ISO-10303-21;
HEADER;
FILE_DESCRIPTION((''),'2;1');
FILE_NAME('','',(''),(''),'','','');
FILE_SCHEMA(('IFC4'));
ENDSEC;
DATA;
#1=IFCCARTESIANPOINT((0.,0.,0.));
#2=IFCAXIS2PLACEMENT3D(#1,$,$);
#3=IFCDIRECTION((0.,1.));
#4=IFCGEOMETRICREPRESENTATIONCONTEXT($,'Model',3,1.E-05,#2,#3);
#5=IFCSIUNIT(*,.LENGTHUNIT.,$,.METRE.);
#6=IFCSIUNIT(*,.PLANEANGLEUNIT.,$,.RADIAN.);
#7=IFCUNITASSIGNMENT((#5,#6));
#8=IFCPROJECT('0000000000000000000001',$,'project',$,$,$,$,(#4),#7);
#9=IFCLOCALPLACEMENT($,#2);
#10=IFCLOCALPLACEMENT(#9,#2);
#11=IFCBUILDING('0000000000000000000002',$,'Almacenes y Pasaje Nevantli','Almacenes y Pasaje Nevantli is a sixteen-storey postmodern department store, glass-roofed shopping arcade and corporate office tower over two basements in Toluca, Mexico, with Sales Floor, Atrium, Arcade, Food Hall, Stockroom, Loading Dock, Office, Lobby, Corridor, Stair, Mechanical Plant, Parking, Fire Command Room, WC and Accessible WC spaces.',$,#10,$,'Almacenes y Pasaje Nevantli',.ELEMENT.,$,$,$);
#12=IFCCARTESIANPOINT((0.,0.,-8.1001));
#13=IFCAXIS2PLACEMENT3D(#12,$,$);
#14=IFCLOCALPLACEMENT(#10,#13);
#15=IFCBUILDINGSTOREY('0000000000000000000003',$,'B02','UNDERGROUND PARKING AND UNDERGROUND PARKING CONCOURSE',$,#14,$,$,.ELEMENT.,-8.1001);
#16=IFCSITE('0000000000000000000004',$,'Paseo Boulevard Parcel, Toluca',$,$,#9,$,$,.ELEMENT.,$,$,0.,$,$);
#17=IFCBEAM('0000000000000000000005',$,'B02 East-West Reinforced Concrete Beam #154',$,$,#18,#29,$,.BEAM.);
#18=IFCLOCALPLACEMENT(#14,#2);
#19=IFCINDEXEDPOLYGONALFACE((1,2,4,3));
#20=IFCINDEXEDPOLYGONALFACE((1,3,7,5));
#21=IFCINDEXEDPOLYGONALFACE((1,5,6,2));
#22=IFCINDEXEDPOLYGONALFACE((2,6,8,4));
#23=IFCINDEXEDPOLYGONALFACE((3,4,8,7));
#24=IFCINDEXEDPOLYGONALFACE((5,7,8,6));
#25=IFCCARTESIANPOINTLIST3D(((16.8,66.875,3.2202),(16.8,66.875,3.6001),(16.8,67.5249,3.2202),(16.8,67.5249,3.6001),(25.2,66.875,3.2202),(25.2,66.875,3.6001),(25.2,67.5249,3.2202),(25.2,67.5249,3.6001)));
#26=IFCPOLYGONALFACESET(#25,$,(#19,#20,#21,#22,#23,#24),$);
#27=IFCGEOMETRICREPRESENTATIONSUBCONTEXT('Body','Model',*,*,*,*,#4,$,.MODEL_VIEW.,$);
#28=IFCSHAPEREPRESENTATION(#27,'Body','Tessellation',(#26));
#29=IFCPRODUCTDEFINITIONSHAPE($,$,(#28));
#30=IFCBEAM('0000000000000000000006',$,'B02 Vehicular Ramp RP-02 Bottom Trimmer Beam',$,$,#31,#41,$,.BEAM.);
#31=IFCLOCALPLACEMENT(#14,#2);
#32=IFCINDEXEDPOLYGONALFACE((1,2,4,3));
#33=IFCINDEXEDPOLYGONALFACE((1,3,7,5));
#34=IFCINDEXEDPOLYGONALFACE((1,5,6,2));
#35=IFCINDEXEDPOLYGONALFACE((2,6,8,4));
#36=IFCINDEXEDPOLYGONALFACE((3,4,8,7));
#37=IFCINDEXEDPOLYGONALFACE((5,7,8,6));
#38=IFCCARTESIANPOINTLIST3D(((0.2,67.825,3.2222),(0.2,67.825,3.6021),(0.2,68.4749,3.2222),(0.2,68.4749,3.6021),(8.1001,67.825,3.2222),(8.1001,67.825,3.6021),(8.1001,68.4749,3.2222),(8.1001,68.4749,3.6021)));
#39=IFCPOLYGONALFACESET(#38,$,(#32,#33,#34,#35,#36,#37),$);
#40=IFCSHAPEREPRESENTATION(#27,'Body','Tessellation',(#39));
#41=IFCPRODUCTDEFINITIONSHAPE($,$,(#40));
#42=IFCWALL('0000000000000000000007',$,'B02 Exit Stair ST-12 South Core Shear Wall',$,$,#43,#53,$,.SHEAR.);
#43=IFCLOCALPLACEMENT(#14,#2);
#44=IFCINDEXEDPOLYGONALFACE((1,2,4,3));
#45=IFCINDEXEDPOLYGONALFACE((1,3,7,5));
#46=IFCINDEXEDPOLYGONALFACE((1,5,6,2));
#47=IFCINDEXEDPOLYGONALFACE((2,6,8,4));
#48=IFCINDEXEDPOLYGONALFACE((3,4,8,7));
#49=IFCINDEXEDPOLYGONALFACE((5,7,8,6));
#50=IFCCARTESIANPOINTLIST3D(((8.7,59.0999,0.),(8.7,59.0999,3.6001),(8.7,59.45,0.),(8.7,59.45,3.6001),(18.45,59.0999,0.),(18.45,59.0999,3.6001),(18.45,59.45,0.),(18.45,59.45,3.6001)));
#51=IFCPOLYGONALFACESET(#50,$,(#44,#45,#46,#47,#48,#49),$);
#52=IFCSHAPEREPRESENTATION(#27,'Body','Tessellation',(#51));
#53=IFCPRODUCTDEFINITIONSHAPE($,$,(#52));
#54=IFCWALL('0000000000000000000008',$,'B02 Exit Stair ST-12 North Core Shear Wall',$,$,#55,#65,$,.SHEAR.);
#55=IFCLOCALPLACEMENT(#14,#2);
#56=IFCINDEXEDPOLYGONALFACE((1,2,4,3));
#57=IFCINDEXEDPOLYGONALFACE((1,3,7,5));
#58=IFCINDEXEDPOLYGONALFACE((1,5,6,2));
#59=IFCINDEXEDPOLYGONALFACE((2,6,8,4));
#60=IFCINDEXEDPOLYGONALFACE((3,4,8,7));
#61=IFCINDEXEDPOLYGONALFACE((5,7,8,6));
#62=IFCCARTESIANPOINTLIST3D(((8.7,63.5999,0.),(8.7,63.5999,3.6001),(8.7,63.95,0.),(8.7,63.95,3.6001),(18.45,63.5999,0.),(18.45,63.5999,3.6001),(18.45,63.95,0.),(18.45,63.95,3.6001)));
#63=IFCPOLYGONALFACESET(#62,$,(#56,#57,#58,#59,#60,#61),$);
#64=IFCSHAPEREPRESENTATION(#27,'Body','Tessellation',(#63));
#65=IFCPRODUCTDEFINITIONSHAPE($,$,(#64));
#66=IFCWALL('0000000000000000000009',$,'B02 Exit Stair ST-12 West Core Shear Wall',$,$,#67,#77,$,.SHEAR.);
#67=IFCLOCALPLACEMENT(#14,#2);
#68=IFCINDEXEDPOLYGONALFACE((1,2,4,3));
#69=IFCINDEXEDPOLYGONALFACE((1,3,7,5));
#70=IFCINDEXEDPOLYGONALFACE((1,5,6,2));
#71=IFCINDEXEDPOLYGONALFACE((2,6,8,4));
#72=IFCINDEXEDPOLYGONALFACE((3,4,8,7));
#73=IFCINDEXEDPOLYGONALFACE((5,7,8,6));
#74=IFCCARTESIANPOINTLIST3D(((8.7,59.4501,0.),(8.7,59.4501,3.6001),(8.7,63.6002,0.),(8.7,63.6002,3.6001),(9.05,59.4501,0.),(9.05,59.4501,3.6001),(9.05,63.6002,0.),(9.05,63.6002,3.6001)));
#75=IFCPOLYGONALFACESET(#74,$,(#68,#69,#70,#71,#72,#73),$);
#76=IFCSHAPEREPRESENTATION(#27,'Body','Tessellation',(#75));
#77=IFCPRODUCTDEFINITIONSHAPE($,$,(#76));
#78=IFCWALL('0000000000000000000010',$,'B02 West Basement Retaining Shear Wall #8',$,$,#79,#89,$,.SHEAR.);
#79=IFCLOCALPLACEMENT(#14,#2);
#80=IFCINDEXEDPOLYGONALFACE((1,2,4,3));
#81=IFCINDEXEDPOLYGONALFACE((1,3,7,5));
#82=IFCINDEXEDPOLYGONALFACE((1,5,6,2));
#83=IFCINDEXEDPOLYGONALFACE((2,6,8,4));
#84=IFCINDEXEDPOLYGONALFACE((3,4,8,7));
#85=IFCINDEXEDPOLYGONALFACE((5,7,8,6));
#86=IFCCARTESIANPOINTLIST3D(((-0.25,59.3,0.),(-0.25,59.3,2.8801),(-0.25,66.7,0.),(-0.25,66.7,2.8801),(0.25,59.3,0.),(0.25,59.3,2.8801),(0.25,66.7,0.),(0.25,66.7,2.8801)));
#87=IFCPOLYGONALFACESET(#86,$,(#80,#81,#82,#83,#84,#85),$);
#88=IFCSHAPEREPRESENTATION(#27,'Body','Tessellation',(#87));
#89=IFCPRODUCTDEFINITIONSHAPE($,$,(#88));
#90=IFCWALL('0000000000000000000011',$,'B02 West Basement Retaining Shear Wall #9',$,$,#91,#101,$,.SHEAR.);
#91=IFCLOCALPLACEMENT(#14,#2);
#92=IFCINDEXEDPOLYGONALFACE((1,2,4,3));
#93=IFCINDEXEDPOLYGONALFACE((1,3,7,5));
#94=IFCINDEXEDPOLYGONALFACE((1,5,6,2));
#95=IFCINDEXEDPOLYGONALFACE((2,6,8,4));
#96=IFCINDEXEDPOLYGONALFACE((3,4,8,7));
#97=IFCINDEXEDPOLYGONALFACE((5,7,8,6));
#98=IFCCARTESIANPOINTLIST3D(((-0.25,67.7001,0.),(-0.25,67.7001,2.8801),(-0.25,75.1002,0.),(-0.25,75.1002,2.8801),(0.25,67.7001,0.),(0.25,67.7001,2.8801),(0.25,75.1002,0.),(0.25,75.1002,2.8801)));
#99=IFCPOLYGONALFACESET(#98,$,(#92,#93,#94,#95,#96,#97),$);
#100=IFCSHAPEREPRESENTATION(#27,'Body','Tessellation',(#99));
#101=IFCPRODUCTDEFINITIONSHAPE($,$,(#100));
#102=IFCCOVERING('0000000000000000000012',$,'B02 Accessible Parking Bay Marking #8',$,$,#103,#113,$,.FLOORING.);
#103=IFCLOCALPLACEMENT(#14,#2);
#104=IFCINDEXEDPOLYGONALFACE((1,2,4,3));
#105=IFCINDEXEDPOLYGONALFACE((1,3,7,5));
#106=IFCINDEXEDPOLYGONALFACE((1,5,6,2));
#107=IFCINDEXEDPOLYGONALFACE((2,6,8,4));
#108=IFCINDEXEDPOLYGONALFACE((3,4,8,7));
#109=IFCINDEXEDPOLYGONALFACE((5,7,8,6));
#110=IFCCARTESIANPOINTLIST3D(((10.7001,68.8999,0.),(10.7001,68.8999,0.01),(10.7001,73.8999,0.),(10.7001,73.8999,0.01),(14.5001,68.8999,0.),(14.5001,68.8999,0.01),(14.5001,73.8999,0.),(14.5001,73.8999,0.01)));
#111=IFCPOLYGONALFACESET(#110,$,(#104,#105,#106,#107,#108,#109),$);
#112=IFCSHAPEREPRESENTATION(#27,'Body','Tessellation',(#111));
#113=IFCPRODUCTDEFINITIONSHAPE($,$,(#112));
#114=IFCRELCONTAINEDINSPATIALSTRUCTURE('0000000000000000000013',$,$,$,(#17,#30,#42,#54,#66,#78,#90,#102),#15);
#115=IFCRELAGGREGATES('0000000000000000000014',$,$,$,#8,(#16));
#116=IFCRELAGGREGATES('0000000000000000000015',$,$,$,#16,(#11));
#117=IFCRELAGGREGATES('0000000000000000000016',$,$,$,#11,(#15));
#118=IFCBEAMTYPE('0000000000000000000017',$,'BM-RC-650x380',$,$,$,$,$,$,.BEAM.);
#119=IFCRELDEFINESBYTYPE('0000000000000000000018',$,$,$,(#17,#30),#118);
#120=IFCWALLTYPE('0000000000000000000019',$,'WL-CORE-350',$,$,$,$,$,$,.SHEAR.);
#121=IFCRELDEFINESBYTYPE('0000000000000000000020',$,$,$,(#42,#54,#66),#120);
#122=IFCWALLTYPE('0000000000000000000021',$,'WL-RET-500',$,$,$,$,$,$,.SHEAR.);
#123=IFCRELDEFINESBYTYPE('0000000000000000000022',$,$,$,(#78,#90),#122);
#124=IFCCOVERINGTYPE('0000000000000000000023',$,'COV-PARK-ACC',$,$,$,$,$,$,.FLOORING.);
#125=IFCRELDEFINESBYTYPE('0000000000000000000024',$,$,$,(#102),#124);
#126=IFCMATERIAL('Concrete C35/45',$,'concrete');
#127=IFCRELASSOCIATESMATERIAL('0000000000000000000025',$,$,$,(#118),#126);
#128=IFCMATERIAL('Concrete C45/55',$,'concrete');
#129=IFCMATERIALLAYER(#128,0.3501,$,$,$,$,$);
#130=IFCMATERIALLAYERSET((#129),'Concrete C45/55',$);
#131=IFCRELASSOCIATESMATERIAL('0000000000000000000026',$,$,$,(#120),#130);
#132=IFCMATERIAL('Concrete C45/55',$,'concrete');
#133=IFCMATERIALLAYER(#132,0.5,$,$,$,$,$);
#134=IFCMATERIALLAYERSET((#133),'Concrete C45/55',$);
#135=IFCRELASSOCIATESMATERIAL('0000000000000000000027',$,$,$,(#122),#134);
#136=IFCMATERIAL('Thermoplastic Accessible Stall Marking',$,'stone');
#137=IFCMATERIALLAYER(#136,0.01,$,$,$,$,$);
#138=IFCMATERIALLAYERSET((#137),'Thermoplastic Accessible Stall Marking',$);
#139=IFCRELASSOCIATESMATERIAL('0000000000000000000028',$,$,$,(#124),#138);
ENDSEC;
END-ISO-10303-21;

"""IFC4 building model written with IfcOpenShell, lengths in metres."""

from ifc_helpers import new_model, si_unit, direction, frame, frame_2d, origin, origin_2d, place, context, subcontext, project, spatial, rectangle, extrude, material, layer, layer_set, material_profile, profile_set, type_object, element, save


model = new_model("IFC4")

# Units and contexts
model_context = context("Model", 3, precision=1e-05, world=origin(), true_north=direction((0.0, 1.0)))
body_context = subcontext(model_context, "Body", "Model", "MODEL_VIEW")
ifc_project = project(units=[si_unit("LENGTHUNIT", "METRE"), si_unit("PLANEANGLEUNIT", "RADIAN")], contexts=[model_context])

# Site, building, storey
site_placement = place(None, origin())
site = spatial("IfcSite", under=ifc_project, at=site_placement, Name="Paseo Boulevard Parcel, Toluca", CompositionType="ELEMENT", RefElevation=0.0)
building_placement = place(site_placement, origin())
building = spatial("IfcBuilding", under=site, at=building_placement, Name="Almacenes y Pasaje Nevantli", Description="Almacenes y Pasaje Nevantli is a sixteen-storey postmodern department store, glass-roofed shopping arcade and corporate office tower over two basements in Toluca, Mexico, with Sales Floor, Atrium, Arcade, Food Hall, Stockroom, Loading Dock, Office, Lobby, Corridor, Stair, Mechanical Plant, Parking, Fire Command Room, WC and Accessible WC spaces.", LongName="Almacenes y Pasaje Nevantli", CompositionType="ELEMENT")
storey_placement = place(building_placement, frame((0.0, 0.0, -8.1001)))
storey = spatial("IfcBuildingStorey", under=building, at=storey_placement, Name="B02", Description="UNDERGROUND PARKING AND UNDERGROUND PARKING CONCOURSE", CompositionType="ELEMENT", Elevation=-8.1001)

# Beams
ifc_material_1 = material(Name="Concrete C35/45", Category="concrete")
ifc_material_profile_1 = material_profile(ifc_material_1, rectangle(XDim=0.6499, YDim=0.3799, at=origin_2d()), Name="RC-BM-650x380")
ifc_profile_set_1 = profile_set([ifc_material_profile_1], Name="Concrete C35/45")
beam_type_1 = type_object("IfcBeamType", Name="BM-RC-650x380", PredefinedType="BEAM", material=ifc_profile_set_1)
for number, where, z_axis, x_axis, name in (
    (1, (16.8, 67.2, 3.4102), (1.0, 0.0, 0.0), (0.0, 1.0, 0.0), "B02 East-West Reinforced Concrete Beam #154"),
):
    element("IfcBeam", number, at=place(storey_placement, frame(where, z_axis=z_axis, x_axis=x_axis)), inside=storey, type_object=beam_type_1, Name=name, PredefinedType="BEAM", context=body_context, shape_type="SweptSolid", body=[
        extrude(rectangle(XDim=0.6499, YDim=0.3799, at=origin_2d()), origin(), (0.0, 0.0, 1.0), 8.3999),
    ])
beam_1_placement = place(storey_placement, frame((0.2, 68.1499, 3.4121), z_axis=(1.0, 0.0, 0.0), x_axis=(0.0, 1.0, 0.0)))
element("IfcBeam", 2, at=beam_1_placement, inside=storey, type_object=beam_type_1, Name="B02 Vehicular Ramp RP-02 Bottom Trimmer Beam", PredefinedType="BEAM", context=body_context, shape_type="SweptSolid", body=[
    extrude(rectangle(XDim=0.6499, YDim=0.3799, at=origin_2d()), origin(), (0.0, 0.0, 1.0), 7.9001),
])

# Walls
ifc_material_2 = material(Name="Concrete C45/55", Category="concrete")
ifc_layer_1 = layer(ifc_material_2, 0.3501)
ifc_layer_set_1 = layer_set([ifc_layer_1], Name="Concrete C45/55")
wall_type_1 = type_object("IfcWallType", Name="WL-CORE-350", PredefinedType="SHEAR", material=ifc_layer_set_1)
for number, where, z_axis, x_axis, name in (
    (3, (8.7, 59.2749, 0.0), (0.0, 0.0, 1.0), (1.0, 0.0, 0.0), "B02 Exit Stair ST-12 South Core Shear Wall"),
    (4, (8.7, 63.7749, 0.0), (0.0, 0.0, 1.0), (1.0, 0.0, 0.0), "B02 Exit Stair ST-12 North Core Shear Wall"),
):
    element("IfcWall", number, at=place(storey_placement, frame(where, z_axis=z_axis, x_axis=x_axis)), inside=storey, type_object=wall_type_1, Name=name, PredefinedType="SHEAR", context=body_context, shape_type="SweptSolid", body=[
        extrude(rectangle(XDim=9.75, YDim=0.3501, at=frame_2d((4.875, 0.0))), origin(), (0.0, 0.0, 1.0), 3.6001),
    ])
wall_1_placement = place(storey_placement, frame((8.875, 59.45, 0.0), z_axis=(0.0, 0.0, 1.0), x_axis=(0.0, 1.0, 0.0)))
element("IfcWall", 5, at=wall_1_placement, inside=storey, type_object=wall_type_1, Name="B02 Exit Stair ST-12 West Core Shear Wall", PredefinedType="SHEAR", context=body_context, shape_type="SweptSolid", body=[
    extrude(rectangle(XDim=4.1501, YDim=0.3501, at=frame_2d((2.0752, 0.0))), origin(), (0.0, 0.0, 1.0), 3.6001),
])
ifc_material_3 = material(Name="Concrete C45/55", Category="concrete")
ifc_layer_2 = layer(ifc_material_3, 0.5)
ifc_layer_set_2 = layer_set([ifc_layer_2], Name="Concrete C45/55")
wall_type_2 = type_object("IfcWallType", Name="WL-RET-500", PredefinedType="SHEAR", material=ifc_layer_set_2)
wall_2_placement = place(storey_placement, frame((0.0, 59.3, 0.0), z_axis=(0.0, 0.0, 1.0), x_axis=(0.0, 1.0, 0.0)))
element("IfcWall", 6, at=wall_2_placement, inside=storey, type_object=wall_type_2, Name="B02 West Basement Retaining Shear Wall #8", PredefinedType="SHEAR", context=body_context, shape_type="SweptSolid", body=[
    extrude(rectangle(XDim=7.3999, YDim=0.5, at=frame_2d((3.7, 0.0))), origin(), (0.0, 0.0, 1.0), 2.8801),
])
wall_3_placement = place(storey_placement, frame((0.0, 67.7, 0.0), z_axis=(0.0, 0.0, 1.0), x_axis=(0.0, 1.0, 0.0)))
element("IfcWall", 7, at=wall_3_placement, inside=storey, type_object=wall_type_2, Name="B02 West Basement Retaining Shear Wall #9", PredefinedType="SHEAR", context=body_context, shape_type="SweptSolid", body=[
    extrude(rectangle(XDim=7.4001, YDim=0.5, at=frame_2d((3.7002, 0.0))), origin(), (0.0, 0.0, 1.0), 2.8801),
])

# Covering
ifc_material_4 = material(Name="Thermoplastic Accessible Stall Marking", Category="stone")
ifc_layer_3 = layer(ifc_material_4, 0.01)
ifc_layer_set_3 = layer_set([ifc_layer_3], Name="Thermoplastic Accessible Stall Marking")
covering_type = type_object("IfcCoveringType", Name="COV-PARK-ACC", PredefinedType="FLOORING", material=ifc_layer_set_3)
covering_placement = place(storey_placement, frame((12.6001, 71.3999, 0.0), z_axis=(0.0, 0.0, 1.0), x_axis=(1.0, 0.0, 0.0)))
element("IfcCovering", 8, at=covering_placement, inside=storey, type_object=covering_type, Name="B02 Accessible Parking Bay Marking #8", PredefinedType="FLOORING", context=body_context, shape_type="SweptSolid", body=[
    extrude(rectangle(XDim=3.8, YDim=5.0, at=origin_2d()), origin(), (0.0, 0.0, 1.0), 0.01),
])

save(model, "model.ifc")
